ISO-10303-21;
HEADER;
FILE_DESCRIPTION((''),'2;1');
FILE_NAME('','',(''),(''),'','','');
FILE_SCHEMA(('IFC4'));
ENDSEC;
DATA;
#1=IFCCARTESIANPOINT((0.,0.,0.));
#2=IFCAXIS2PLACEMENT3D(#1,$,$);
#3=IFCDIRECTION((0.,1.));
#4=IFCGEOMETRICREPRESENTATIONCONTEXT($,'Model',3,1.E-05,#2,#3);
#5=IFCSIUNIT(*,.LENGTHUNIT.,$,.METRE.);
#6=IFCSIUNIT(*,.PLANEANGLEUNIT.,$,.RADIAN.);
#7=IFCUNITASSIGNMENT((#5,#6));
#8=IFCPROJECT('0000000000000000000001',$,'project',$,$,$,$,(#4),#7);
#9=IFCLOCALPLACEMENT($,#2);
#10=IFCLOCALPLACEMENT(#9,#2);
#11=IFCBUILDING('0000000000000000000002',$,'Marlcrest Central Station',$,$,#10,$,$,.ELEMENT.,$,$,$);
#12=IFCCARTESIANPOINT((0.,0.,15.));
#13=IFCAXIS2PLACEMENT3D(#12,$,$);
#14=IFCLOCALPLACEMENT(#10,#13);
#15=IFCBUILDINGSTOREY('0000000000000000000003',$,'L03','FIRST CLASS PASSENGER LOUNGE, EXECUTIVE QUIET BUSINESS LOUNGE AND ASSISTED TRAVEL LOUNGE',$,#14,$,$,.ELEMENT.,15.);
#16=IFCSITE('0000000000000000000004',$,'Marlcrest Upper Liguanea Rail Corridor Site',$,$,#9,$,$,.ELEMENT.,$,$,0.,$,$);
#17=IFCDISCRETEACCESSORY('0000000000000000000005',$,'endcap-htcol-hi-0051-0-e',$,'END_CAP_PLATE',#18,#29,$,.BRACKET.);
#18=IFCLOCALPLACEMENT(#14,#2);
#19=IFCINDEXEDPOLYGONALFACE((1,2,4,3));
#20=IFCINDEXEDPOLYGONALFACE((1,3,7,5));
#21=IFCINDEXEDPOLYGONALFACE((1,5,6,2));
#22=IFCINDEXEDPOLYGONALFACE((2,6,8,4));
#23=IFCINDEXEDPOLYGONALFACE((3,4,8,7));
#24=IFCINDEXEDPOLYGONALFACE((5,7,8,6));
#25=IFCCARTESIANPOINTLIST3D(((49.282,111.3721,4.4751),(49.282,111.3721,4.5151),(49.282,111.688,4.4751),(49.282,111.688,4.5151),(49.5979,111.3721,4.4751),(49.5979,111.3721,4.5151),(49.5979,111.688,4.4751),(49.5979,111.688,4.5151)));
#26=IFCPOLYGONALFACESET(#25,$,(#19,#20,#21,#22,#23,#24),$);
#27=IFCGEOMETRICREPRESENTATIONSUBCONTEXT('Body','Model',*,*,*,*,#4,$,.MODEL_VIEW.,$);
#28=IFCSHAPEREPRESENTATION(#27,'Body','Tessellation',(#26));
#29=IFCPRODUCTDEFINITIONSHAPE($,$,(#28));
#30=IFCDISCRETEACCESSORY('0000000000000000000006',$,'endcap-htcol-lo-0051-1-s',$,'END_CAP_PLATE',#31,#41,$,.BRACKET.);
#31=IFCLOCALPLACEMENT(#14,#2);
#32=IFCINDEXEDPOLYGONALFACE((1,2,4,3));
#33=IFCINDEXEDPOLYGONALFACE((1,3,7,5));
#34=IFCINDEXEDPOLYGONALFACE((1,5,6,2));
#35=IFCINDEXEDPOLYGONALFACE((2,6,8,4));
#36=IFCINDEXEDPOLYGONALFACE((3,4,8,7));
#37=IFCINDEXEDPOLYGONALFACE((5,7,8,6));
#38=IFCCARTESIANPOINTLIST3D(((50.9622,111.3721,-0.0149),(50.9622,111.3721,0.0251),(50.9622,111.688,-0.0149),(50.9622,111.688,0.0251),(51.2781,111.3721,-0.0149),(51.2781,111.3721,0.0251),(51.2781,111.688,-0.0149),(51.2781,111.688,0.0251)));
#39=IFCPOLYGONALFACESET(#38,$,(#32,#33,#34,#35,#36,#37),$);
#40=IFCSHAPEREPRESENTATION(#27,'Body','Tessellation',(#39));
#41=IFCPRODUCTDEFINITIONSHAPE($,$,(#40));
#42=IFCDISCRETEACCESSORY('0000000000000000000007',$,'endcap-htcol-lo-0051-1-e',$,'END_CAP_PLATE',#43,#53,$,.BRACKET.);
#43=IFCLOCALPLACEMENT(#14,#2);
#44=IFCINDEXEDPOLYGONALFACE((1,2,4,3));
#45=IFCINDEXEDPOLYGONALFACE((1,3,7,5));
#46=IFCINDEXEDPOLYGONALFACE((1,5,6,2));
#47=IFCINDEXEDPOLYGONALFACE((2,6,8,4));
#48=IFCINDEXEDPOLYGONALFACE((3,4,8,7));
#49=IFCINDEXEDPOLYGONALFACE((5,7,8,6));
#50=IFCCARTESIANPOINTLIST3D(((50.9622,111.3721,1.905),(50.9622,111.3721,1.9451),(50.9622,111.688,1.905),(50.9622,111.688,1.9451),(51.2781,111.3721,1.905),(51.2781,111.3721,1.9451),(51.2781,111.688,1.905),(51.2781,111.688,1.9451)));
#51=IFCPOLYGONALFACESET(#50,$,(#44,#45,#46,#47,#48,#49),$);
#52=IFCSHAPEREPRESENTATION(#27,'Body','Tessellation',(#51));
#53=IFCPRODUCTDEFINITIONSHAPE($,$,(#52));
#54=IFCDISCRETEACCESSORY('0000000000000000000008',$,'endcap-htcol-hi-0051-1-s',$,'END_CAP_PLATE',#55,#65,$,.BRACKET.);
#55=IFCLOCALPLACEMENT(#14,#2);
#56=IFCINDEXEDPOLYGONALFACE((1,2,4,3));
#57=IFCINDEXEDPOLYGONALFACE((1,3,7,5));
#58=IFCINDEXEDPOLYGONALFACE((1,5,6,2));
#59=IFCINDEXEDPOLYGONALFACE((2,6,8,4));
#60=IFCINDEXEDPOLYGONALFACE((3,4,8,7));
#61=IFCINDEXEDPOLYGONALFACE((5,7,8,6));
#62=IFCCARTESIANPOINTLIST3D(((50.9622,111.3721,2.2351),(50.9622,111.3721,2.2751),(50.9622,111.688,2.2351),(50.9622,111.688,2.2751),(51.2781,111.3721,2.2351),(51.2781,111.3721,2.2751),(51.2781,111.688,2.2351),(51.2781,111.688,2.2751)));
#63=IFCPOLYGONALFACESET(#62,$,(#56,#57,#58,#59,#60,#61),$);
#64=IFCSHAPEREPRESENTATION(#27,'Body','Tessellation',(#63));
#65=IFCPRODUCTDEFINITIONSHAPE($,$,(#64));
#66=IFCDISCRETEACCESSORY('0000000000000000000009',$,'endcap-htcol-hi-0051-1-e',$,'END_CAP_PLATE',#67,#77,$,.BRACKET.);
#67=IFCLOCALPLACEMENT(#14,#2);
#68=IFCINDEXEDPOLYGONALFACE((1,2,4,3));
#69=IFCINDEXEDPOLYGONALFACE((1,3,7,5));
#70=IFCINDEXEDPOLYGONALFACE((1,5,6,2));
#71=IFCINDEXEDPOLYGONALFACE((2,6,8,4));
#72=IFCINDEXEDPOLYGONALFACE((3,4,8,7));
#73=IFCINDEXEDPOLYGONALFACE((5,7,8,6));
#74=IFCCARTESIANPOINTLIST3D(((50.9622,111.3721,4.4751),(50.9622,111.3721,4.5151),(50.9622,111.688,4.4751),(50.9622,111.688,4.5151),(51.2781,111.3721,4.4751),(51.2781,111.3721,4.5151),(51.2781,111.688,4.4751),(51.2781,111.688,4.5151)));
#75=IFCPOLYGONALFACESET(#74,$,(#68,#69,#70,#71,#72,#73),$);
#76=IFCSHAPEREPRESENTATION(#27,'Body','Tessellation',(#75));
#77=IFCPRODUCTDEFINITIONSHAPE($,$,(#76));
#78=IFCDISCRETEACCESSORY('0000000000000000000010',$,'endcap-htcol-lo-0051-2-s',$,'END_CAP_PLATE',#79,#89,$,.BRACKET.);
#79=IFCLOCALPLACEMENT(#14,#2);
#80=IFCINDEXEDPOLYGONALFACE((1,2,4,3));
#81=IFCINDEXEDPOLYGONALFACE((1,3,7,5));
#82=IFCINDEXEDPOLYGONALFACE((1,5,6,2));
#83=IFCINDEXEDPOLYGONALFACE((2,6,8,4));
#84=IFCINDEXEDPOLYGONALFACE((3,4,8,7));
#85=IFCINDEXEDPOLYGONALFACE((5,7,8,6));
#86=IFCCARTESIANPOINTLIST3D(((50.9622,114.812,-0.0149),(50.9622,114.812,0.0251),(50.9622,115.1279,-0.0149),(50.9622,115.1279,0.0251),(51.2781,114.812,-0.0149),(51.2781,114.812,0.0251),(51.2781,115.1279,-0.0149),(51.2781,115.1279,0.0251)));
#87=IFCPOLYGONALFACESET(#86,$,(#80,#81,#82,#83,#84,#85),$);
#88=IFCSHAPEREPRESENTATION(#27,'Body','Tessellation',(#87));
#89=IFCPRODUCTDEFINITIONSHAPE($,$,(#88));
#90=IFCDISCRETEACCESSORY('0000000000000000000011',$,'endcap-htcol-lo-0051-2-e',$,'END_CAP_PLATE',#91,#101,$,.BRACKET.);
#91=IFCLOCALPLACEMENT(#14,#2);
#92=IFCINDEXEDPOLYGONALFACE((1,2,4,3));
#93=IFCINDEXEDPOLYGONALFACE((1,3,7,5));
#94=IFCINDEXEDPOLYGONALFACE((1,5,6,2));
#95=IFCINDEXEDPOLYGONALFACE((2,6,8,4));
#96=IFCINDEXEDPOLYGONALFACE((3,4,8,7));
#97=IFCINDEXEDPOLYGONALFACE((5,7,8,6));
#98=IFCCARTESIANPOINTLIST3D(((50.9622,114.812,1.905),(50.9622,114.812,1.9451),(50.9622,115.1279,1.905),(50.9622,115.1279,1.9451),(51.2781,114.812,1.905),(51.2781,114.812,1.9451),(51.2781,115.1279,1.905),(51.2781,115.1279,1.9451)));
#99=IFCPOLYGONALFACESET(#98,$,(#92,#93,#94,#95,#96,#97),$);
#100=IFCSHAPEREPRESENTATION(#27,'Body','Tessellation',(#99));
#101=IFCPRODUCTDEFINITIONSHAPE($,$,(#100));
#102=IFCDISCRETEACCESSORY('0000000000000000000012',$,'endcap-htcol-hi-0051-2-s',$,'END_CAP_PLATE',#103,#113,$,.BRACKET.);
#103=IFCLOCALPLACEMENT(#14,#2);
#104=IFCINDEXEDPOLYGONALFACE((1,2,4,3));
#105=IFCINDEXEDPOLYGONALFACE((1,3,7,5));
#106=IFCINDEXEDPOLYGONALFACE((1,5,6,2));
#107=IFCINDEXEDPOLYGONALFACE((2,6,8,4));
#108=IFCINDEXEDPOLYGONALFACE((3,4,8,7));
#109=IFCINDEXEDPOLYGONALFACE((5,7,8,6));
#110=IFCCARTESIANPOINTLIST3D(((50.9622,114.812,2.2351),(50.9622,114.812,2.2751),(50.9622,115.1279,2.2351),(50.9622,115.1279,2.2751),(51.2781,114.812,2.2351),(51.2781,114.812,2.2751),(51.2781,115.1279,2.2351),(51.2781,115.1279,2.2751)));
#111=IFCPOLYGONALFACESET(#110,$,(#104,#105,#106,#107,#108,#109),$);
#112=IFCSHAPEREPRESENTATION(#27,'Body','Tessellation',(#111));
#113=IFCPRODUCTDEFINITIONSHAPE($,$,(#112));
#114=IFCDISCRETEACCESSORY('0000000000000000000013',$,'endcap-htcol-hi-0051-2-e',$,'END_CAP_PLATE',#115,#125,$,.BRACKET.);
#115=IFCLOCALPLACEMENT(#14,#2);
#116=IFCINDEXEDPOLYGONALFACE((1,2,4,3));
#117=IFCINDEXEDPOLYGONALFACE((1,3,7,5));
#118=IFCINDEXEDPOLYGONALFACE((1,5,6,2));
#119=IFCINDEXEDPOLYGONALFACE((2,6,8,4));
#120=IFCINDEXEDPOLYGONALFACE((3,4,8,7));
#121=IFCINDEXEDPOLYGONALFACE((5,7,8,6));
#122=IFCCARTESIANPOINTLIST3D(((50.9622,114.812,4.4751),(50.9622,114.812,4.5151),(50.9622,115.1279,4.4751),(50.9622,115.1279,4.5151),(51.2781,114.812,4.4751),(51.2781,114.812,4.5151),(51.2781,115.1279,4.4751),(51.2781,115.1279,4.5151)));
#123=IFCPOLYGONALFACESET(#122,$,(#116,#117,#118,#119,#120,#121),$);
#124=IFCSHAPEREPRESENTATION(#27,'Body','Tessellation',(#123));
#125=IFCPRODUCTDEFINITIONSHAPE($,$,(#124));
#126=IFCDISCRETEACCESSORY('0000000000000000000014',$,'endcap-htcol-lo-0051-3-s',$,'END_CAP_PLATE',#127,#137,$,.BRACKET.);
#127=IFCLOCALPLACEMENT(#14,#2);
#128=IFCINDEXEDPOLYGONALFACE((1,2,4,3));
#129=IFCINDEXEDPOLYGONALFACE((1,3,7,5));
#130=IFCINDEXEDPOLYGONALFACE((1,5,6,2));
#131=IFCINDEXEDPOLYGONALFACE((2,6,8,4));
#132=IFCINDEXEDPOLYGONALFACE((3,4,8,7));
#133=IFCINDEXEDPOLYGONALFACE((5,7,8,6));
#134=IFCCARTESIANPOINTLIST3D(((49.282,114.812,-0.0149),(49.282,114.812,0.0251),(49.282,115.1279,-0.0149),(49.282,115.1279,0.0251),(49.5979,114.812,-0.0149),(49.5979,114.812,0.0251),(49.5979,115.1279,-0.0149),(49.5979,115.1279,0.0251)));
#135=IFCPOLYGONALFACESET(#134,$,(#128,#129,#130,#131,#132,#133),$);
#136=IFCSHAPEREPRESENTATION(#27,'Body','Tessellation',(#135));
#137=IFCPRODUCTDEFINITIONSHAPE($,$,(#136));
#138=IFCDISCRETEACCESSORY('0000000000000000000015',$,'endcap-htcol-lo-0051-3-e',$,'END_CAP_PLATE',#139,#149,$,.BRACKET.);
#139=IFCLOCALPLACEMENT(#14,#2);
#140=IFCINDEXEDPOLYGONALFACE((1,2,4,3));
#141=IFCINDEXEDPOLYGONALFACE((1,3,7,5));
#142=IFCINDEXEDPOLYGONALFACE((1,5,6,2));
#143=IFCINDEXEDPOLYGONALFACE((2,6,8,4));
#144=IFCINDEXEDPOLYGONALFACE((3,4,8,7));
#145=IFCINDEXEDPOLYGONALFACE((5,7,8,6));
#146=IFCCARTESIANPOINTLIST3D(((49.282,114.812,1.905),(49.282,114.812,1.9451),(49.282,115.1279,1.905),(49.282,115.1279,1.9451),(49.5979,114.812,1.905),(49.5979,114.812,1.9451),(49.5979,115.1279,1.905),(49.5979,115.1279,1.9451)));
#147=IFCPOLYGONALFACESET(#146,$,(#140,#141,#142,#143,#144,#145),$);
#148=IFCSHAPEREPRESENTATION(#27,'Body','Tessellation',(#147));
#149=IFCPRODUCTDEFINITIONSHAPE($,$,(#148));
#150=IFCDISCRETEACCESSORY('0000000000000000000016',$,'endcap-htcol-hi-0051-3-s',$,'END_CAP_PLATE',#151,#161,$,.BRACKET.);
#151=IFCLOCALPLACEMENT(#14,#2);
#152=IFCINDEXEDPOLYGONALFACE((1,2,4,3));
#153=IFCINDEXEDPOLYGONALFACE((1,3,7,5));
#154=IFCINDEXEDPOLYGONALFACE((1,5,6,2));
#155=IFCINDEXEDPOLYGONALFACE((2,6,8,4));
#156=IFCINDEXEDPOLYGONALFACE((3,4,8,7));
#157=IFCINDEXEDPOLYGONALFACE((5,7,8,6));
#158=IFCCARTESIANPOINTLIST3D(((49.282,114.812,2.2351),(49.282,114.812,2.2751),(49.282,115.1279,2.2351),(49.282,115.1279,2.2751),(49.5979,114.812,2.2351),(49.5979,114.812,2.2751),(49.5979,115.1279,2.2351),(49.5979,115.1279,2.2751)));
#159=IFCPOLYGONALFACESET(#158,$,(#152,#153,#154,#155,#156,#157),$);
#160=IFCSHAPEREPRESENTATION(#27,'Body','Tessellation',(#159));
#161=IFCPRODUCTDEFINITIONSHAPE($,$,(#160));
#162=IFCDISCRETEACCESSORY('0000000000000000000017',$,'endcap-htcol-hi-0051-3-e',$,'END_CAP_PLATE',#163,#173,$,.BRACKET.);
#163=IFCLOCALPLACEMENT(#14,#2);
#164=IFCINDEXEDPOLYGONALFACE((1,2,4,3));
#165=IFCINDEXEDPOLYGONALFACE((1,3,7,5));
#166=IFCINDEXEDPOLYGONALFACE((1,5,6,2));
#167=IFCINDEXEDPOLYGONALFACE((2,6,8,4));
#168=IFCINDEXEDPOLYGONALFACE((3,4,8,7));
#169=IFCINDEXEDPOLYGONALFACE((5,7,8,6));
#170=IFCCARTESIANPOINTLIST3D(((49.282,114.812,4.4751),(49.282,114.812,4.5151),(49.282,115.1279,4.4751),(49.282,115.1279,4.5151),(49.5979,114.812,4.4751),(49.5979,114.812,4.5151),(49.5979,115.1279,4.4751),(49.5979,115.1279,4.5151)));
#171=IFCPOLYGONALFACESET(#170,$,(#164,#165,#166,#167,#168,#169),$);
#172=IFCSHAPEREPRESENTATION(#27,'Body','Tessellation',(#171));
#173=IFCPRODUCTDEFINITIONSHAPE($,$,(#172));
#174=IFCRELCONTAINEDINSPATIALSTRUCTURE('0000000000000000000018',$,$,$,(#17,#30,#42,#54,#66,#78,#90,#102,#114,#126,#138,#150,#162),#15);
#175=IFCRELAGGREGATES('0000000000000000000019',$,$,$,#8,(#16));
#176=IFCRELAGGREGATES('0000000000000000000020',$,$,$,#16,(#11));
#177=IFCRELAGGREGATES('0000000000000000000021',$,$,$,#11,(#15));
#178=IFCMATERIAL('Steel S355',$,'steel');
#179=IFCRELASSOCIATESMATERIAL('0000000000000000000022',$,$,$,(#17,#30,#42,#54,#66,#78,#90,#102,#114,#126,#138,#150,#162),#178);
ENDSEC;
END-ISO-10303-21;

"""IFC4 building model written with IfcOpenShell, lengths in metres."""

from ifc_helpers import new_model, si_unit, direction, frame, origin, origin_2d, place, context, subcontext, project, spatial, rectangle, extrude, material, element, save


model = new_model("IFC4")

# Units and contexts
model_context = context("Model", 3, precision=1e-05, world=origin(), true_north=direction((0.0, 1.0)))
body_context = subcontext(model_context, "Body", "Model", "MODEL_VIEW")
ifc_project = project(units=[si_unit("LENGTHUNIT", "METRE"), si_unit("PLANEANGLEUNIT", "RADIAN")], contexts=[model_context])

# Site, building, storey
site_placement = place(None, origin())
site = spatial("IfcSite", under=ifc_project, at=site_placement, Name="Marlcrest Upper Liguanea Rail Corridor Site", CompositionType="ELEMENT", RefElevation=0.0)
building_placement = place(site_placement, origin())
building = spatial("IfcBuilding", under=site, at=building_placement, Name="Marlcrest Central Station", CompositionType="ELEMENT")
storey_placement = place(building_placement, frame((0.0, 0.0, 15.0)))
storey = spatial("IfcBuildingStorey", under=building, at=storey_placement, Name="L03", Description="FIRST CLASS PASSENGER LOUNGE, EXECUTIVE QUIET BUSINESS LOUNGE AND ASSISTED TRAVEL LOUNGE", CompositionType="ELEMENT", Elevation=15.0)

# Shared definitions
ifc_material_1 = material(Name="Steel S355", Category="steel")

# Discrete accessories
for number, where, z_axis, x_axis, name in (
    (1, (49.4399, 111.53, 4.4751), (0.0, 0.0, 1.0), (1.0, 0.0, 0.0), "endcap-htcol-hi-0051-0-e"),
    (2, (51.1201, 111.53, -0.0149), (0.0, 0.0, 1.0), (1.0, 0.0, 0.0), "endcap-htcol-lo-0051-1-s"),
    (3, (51.1201, 111.53, 1.905), (0.0, 0.0, 1.0), (1.0, 0.0, 0.0), "endcap-htcol-lo-0051-1-e"),
    (4, (51.1201, 111.53, 2.2351), (0.0, 0.0, 1.0), (1.0, 0.0, 0.0), "endcap-htcol-hi-0051-1-s"),
    (5, (51.1201, 111.53, 4.4751), (0.0, 0.0, 1.0), (1.0, 0.0, 0.0), "endcap-htcol-hi-0051-1-e"),
    (6, (51.1201, 114.97, -0.0149), (0.0, 0.0, 1.0), (1.0, 0.0, 0.0), "endcap-htcol-lo-0051-2-s"),
    (7, (51.1201, 114.97, 1.905), (0.0, 0.0, 1.0), (1.0, 0.0, 0.0), "endcap-htcol-lo-0051-2-e"),
    (8, (51.1201, 114.97, 2.2351), (0.0, 0.0, 1.0), (1.0, 0.0, 0.0), "endcap-htcol-hi-0051-2-s"),
    (9, (51.1201, 114.97, 4.4751), (0.0, 0.0, 1.0), (1.0, 0.0, 0.0), "endcap-htcol-hi-0051-2-e"),
    (10, (49.4399, 114.97, -0.0149), (0.0, 0.0, 1.0), (1.0, 0.0, 0.0), "endcap-htcol-lo-0051-3-s"),
    (11, (49.4399, 114.97, 1.905), (0.0, 0.0, 1.0), (1.0, 0.0, 0.0), "endcap-htcol-lo-0051-3-e"),
    (12, (49.4399, 114.97, 2.2351), (0.0, 0.0, 1.0), (1.0, 0.0, 0.0), "endcap-htcol-hi-0051-3-s"),
    (13, (49.4399, 114.97, 4.4751), (0.0, 0.0, 1.0), (1.0, 0.0, 0.0), "endcap-htcol-hi-0051-3-e"),
):
    element("IfcDiscreteAccessory", number, at=place(storey_placement, frame(where, z_axis=z_axis, x_axis=x_axis)), inside=storey, material=ifc_material_1, Name=name, ObjectType="END_CAP_PLATE", PredefinedType="BRACKET", context=body_context, shape_type="SweptSolid", body=[
        extrude(rectangle(XDim=0.3159, YDim=0.3159, at=origin_2d()), origin(), (0.0, 0.0, 1.0), 0.04),
    ])

save(model, "model.ifc")
